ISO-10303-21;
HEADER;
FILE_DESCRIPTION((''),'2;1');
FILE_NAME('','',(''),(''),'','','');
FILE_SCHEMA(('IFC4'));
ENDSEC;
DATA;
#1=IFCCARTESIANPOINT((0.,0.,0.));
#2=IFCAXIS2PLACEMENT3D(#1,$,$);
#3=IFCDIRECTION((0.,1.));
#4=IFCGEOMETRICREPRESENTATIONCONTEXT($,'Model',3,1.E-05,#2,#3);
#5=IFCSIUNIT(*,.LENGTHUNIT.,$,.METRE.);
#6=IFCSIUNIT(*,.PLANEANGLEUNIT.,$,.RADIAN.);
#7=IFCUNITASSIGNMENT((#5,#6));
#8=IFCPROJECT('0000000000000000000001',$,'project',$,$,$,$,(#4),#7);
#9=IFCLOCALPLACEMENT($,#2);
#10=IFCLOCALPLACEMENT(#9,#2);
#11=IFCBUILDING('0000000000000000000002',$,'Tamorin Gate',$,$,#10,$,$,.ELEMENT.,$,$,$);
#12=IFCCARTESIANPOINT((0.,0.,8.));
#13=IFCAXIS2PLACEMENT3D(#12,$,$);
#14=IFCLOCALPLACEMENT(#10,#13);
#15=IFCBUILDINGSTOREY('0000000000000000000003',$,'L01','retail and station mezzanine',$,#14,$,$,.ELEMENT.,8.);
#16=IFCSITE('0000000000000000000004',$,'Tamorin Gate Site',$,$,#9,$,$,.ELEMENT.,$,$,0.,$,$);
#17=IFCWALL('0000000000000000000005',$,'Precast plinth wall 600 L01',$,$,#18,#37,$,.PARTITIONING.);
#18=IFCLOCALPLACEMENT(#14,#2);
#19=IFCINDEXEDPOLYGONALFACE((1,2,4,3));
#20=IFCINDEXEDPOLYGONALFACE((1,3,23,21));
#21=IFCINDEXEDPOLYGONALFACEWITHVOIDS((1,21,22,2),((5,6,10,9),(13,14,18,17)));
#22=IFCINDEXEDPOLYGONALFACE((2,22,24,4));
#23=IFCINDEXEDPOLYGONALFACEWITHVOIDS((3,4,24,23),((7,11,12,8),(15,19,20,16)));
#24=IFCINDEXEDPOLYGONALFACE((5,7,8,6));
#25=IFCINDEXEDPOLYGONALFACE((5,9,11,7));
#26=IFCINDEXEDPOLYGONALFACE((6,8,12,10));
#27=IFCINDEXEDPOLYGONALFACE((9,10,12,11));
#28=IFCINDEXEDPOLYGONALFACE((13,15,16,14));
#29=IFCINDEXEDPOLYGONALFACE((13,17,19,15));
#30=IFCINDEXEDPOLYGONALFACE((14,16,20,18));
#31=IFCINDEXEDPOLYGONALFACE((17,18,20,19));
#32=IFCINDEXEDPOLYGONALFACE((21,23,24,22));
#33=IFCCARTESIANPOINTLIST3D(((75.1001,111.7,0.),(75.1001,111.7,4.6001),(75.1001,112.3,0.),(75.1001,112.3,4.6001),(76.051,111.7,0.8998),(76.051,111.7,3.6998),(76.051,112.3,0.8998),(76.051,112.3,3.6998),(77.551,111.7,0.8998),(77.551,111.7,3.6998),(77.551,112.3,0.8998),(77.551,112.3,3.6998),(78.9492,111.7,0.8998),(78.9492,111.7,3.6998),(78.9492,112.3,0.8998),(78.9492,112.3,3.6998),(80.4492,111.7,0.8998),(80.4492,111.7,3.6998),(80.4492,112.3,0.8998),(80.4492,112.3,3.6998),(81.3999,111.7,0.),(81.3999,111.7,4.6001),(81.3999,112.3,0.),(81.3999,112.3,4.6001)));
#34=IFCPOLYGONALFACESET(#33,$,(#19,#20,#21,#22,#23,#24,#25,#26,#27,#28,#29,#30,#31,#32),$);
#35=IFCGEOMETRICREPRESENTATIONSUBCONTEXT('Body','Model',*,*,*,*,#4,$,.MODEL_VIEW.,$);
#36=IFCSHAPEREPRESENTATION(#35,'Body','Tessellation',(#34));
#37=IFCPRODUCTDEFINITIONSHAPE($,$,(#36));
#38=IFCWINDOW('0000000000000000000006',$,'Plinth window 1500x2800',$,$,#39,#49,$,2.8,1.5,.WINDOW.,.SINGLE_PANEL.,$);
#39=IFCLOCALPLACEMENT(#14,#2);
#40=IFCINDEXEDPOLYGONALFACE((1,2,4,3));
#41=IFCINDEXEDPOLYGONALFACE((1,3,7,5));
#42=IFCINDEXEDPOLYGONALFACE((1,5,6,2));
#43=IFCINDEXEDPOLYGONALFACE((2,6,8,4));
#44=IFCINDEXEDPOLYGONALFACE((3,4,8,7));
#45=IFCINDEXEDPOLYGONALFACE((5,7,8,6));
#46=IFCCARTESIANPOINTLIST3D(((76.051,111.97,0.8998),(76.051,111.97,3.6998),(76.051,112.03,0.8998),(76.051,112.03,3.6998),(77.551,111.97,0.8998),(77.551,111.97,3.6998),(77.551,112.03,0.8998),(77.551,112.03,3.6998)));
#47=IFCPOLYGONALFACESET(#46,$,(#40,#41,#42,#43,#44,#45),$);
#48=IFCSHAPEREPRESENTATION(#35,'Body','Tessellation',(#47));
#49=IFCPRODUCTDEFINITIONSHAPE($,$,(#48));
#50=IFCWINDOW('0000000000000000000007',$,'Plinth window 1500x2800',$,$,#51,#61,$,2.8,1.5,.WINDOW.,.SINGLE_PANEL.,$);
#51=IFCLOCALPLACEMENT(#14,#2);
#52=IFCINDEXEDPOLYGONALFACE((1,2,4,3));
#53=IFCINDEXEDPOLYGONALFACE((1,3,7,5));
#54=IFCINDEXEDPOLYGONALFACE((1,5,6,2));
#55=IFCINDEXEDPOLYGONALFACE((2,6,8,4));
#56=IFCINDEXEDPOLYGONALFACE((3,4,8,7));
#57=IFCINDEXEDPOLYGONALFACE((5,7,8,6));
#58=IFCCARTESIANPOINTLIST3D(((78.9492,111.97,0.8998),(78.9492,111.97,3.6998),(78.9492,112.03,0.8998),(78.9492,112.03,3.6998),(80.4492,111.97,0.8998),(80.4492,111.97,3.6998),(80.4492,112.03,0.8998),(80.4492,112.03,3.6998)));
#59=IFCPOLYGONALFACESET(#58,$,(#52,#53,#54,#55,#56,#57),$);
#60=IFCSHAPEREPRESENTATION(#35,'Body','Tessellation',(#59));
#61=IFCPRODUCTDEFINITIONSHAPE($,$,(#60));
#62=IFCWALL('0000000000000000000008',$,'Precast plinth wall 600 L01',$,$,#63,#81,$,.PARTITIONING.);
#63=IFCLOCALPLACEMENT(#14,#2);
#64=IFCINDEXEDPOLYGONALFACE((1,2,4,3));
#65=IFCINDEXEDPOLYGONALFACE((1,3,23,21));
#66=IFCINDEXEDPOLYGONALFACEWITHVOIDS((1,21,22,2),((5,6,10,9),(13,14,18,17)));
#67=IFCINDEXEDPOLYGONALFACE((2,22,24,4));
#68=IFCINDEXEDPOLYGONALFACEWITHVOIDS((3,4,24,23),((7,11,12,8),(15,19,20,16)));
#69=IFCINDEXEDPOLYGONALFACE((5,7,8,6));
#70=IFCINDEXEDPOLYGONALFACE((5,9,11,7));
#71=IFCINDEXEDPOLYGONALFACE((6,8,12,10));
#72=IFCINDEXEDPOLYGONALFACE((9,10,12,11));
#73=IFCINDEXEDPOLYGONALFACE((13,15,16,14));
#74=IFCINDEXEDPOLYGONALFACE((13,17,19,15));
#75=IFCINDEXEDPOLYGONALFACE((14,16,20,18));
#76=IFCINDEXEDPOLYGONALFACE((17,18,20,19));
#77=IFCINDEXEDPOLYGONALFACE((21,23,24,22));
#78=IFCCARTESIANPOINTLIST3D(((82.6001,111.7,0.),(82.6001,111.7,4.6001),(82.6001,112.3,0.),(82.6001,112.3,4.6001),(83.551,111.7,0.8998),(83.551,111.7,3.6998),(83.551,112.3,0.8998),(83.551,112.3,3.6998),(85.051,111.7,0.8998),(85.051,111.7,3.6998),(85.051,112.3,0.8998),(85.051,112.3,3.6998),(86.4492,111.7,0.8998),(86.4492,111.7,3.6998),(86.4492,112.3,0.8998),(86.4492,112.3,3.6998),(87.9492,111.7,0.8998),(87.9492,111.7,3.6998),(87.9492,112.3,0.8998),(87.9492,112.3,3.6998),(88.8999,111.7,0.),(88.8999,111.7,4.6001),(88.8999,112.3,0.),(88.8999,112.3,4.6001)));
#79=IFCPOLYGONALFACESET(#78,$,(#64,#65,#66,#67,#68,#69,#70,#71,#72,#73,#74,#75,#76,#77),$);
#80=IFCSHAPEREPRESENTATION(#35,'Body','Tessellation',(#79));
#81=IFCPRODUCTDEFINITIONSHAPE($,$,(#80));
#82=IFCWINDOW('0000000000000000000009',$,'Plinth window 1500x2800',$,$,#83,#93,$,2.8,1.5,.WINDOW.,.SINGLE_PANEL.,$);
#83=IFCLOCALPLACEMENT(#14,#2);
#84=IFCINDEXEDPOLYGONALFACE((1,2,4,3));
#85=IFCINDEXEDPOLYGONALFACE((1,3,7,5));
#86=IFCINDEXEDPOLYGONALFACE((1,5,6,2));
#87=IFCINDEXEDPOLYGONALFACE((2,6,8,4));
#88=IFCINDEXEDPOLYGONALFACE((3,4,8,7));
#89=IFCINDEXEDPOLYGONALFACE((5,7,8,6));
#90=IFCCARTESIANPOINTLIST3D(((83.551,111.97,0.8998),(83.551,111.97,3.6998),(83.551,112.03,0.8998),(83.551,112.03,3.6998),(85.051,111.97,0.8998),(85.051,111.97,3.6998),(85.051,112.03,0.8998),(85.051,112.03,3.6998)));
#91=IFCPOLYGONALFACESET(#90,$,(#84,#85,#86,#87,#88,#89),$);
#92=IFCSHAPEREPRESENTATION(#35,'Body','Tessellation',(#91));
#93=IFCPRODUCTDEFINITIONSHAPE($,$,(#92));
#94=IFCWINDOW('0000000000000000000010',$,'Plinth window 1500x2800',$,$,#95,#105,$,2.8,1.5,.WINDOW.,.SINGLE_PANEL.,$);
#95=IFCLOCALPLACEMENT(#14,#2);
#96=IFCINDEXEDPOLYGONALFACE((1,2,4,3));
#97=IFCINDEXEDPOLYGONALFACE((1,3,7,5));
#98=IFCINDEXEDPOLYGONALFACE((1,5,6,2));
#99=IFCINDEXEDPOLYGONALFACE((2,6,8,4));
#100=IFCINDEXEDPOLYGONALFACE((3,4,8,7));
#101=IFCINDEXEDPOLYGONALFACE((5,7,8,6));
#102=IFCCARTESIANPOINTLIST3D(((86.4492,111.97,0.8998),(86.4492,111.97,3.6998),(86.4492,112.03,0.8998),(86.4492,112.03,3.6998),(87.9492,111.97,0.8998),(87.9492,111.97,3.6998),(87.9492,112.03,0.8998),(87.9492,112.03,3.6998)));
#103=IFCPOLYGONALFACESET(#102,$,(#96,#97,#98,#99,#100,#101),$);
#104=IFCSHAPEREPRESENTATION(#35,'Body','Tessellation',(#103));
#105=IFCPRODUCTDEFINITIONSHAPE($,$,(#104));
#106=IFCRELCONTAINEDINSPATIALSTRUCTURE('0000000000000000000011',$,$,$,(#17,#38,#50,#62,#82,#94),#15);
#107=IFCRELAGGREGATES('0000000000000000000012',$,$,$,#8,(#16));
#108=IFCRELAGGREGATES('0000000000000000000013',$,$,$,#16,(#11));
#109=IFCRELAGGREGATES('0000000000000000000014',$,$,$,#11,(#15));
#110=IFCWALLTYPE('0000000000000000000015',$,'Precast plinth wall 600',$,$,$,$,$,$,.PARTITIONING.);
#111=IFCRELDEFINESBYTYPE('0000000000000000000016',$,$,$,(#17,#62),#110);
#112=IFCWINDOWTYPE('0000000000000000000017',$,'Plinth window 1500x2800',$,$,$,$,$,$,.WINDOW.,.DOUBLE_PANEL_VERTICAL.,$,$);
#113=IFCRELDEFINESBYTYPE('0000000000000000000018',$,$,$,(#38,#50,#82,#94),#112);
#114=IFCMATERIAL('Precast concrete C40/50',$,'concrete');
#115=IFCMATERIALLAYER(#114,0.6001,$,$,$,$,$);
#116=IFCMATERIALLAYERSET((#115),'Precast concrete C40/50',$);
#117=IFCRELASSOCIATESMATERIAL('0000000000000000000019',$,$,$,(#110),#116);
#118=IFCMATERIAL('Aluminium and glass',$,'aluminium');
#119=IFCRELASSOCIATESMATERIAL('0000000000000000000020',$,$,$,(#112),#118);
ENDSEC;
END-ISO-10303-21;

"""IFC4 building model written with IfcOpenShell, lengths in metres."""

from ifc_helpers import new_model, si_unit, direction, frame, frame_2d, origin, place, context, subcontext, project, spatial, rectangle, extrude, material, layer, layer_set, type_object, element, fill, save


model = new_model("IFC4")

# Units and contexts
model_context = context("Model", 3, precision=1e-05, world=origin(), true_north=direction((0.0, 1.0)))
body_context = subcontext(model_context, "Body", "Model", "MODEL_VIEW")
ifc_project = project(units=[si_unit("LENGTHUNIT", "METRE"), si_unit("PLANEANGLEUNIT", "RADIAN")], contexts=[model_context])

# Site, building, storey
site_placement = place(None, origin())
site = spatial("IfcSite", under=ifc_project, at=site_placement, Name="Tamorin Gate Site", CompositionType="ELEMENT", RefElevation=0.0)
building_placement = place(site_placement, origin())
building = spatial("IfcBuilding", under=site, at=building_placement, Name="Tamorin Gate", CompositionType="ELEMENT")
storey_placement = place(building_placement, frame((0.0, 0.0, 8.0)))
storey = spatial("IfcBuildingStorey", under=building, at=storey_placement, Name="L01", Description="retail and station mezzanine", CompositionType="ELEMENT", Elevation=8.0)

# Walls, openings, windows
ifc_material_1 = material(Name="Precast concrete C40/50", Category="concrete")
ifc_layer_1 = layer(ifc_material_1, 0.6001)
ifc_layer_set_1 = layer_set([ifc_layer_1], Name="Precast concrete C40/50")
wall_type_1 = type_object("IfcWallType", Name="Precast plinth wall 600", PredefinedType="PARTITIONING", material=ifc_layer_set_1)
wall_1_placement = place(storey_placement, frame((75.1001, 112.0, 0.0), z_axis=(0.0, 0.0, 1.0), x_axis=(1.0, 0.0, 0.0)))
wall_1 = element("IfcWall", 1, at=wall_1_placement, inside=storey, type_object=wall_type_1, Name="Precast plinth wall 600 L01", PredefinedType="PARTITIONING", context=body_context, shape_type="SweptSolid", body=[
    extrude(rectangle(XDim=6.2998, YDim=0.6001, at=frame_2d((3.1499, 0.0))), origin(), (0.0, 0.0, 1.0), 4.6001),
])
opening_1_placement = place(wall_1_placement, frame((0.9509, 0.0, 0.8999)))
opening_1 = element("IfcOpeningElement", 2, at=opening_1_placement, cuts=wall_1, PredefinedType="OPENING", context=body_context, shape_type="SweptSolid", body=[
    extrude(rectangle(XDim=1.5, YDim=2.8, at=frame_2d((0.75, 1.3999))), frame((0.0, 0.3101, 0.0), z_axis=(0.0, -1.0, 0.0), x_axis=(1.0, 0.0, 0.0)), (0.0, 0.0, 1.0), 0.6201),
])
opening_2_placement = place(wall_1_placement, frame((3.8491, 0.0, 0.8999)))
opening_2 = element("IfcOpeningElement", 3, at=opening_2_placement, cuts=wall_1, PredefinedType="OPENING", context=body_context, shape_type="SweptSolid", body=[
    extrude(rectangle(XDim=1.5, YDim=2.8, at=frame_2d((0.75, 1.3999))), frame((0.0, 0.3101, 0.0), z_axis=(0.0, -1.0, 0.0), x_axis=(1.0, 0.0, 0.0)), (0.0, 0.0, 1.0), 0.6201),
])
ifc_material_2 = material(Name="Aluminium and glass", Category="aluminium")
window_type = type_object("IfcWindowType", Name="Plinth window 1500x2800", PartitioningType="DOUBLE_PANEL_VERTICAL", PredefinedType="WINDOW", material=ifc_material_2)
window_1_placement = place(opening_1_placement, origin())
window_1 = element("IfcWindow", 4, at=window_1_placement, inside=storey, type_object=window_type, Name="Plinth window 1500x2800", OverallHeight=2.8, OverallWidth=1.5, PartitioningType="SINGLE_PANEL", PredefinedType="WINDOW", context=body_context, shape_type="SweptSolid", body=[
    extrude(rectangle(XDim=1.5, YDim=2.8, at=frame_2d((0.75, 1.3999))), frame((0.0, 0.03, 0.0), z_axis=(0.0, -1.0, 0.0), x_axis=(1.0, 0.0, 0.0)), (0.0, 0.0, 1.0), 0.0601),
])
fill(opening_1, window_1)
window_2_placement = place(opening_2_placement, origin())
window_2 = element("IfcWindow", 5, at=window_2_placement, inside=storey, type_object=window_type, Name="Plinth window 1500x2800", OverallHeight=2.8, OverallWidth=1.5, PartitioningType="SINGLE_PANEL", PredefinedType="WINDOW", context=body_context, shape_type="SweptSolid", body=[
    extrude(rectangle(XDim=1.5, YDim=2.8, at=frame_2d((0.75, 1.3999))), frame((0.0, 0.03, 0.0), z_axis=(0.0, -1.0, 0.0), x_axis=(1.0, 0.0, 0.0)), (0.0, 0.0, 1.0), 0.0601),
])
fill(opening_2, window_2)
wall_2_placement = place(storey_placement, frame((82.6001, 112.0, 0.0), z_axis=(0.0, 0.0, 1.0), x_axis=(1.0, 0.0, 0.0)))
wall_2 = element("IfcWall", 6, at=wall_2_placement, inside=storey, type_object=wall_type_1, Name="Precast plinth wall 600 L01", PredefinedType="PARTITIONING", context=body_context, shape_type="SweptSolid", body=[
    extrude(rectangle(XDim=6.2998, YDim=0.6001, at=frame_2d((3.1499, 0.0))), origin(), (0.0, 0.0, 1.0), 4.6001),
])
opening_3_placement = place(wall_2_placement, frame((0.9509, 0.0, 0.8999)))
opening_3 = element("IfcOpeningElement", 7, at=opening_3_placement, cuts=wall_2, PredefinedType="OPENING", context=body_context, shape_type="SweptSolid", body=[
    extrude(rectangle(XDim=1.5, YDim=2.8, at=frame_2d((0.75, 1.3999))), frame((0.0, 0.3101, 0.0), z_axis=(0.0, -1.0, 0.0), x_axis=(1.0, 0.0, 0.0)), (0.0, 0.0, 1.0), 0.6201),
])
opening_4_placement = place(wall_2_placement, frame((3.8491, 0.0, 0.8999)))
opening_4 = element("IfcOpeningElement", 8, at=opening_4_placement, cuts=wall_2, PredefinedType="OPENING", context=body_context, shape_type="SweptSolid", body=[
    extrude(rectangle(XDim=1.5, YDim=2.8, at=frame_2d((0.75, 1.3999))), frame((0.0, 0.3101, 0.0), z_axis=(0.0, -1.0, 0.0), x_axis=(1.0, 0.0, 0.0)), (0.0, 0.0, 1.0), 0.6201),
])
window_3_placement = place(opening_3_placement, origin())
window_3 = element("IfcWindow", 9, at=window_3_placement, inside=storey, type_object=window_type, Name="Plinth window 1500x2800", OverallHeight=2.8, OverallWidth=1.5, PartitioningType="SINGLE_PANEL", PredefinedType="WINDOW", context=body_context, shape_type="SweptSolid", body=[
    extrude(rectangle(XDim=1.5, YDim=2.8, at=frame_2d((0.75, 1.3999))), frame((0.0, 0.03, 0.0), z_axis=(0.0, -1.0, 0.0), x_axis=(1.0, 0.0, 0.0)), (0.0, 0.0, 1.0), 0.0601),
])
fill(opening_3, window_3)
window_4_placement = place(opening_4_placement, origin())
window_4 = element("IfcWindow", 10, at=window_4_placement, inside=storey, type_object=window_type, Name="Plinth window 1500x2800", OverallHeight=2.8, OverallWidth=1.5, PartitioningType="SINGLE_PANEL", PredefinedType="WINDOW", context=body_context, shape_type="SweptSolid", body=[
    extrude(rectangle(XDim=1.5, YDim=2.8, at=frame_2d((0.75, 1.3999))), frame((0.0, 0.03, 0.0), z_axis=(0.0, -1.0, 0.0), x_axis=(1.0, 0.0, 0.0)), (0.0, 0.0, 1.0), 0.0601),
])
fill(opening_4, window_4)

save(model, "model.ifc")
